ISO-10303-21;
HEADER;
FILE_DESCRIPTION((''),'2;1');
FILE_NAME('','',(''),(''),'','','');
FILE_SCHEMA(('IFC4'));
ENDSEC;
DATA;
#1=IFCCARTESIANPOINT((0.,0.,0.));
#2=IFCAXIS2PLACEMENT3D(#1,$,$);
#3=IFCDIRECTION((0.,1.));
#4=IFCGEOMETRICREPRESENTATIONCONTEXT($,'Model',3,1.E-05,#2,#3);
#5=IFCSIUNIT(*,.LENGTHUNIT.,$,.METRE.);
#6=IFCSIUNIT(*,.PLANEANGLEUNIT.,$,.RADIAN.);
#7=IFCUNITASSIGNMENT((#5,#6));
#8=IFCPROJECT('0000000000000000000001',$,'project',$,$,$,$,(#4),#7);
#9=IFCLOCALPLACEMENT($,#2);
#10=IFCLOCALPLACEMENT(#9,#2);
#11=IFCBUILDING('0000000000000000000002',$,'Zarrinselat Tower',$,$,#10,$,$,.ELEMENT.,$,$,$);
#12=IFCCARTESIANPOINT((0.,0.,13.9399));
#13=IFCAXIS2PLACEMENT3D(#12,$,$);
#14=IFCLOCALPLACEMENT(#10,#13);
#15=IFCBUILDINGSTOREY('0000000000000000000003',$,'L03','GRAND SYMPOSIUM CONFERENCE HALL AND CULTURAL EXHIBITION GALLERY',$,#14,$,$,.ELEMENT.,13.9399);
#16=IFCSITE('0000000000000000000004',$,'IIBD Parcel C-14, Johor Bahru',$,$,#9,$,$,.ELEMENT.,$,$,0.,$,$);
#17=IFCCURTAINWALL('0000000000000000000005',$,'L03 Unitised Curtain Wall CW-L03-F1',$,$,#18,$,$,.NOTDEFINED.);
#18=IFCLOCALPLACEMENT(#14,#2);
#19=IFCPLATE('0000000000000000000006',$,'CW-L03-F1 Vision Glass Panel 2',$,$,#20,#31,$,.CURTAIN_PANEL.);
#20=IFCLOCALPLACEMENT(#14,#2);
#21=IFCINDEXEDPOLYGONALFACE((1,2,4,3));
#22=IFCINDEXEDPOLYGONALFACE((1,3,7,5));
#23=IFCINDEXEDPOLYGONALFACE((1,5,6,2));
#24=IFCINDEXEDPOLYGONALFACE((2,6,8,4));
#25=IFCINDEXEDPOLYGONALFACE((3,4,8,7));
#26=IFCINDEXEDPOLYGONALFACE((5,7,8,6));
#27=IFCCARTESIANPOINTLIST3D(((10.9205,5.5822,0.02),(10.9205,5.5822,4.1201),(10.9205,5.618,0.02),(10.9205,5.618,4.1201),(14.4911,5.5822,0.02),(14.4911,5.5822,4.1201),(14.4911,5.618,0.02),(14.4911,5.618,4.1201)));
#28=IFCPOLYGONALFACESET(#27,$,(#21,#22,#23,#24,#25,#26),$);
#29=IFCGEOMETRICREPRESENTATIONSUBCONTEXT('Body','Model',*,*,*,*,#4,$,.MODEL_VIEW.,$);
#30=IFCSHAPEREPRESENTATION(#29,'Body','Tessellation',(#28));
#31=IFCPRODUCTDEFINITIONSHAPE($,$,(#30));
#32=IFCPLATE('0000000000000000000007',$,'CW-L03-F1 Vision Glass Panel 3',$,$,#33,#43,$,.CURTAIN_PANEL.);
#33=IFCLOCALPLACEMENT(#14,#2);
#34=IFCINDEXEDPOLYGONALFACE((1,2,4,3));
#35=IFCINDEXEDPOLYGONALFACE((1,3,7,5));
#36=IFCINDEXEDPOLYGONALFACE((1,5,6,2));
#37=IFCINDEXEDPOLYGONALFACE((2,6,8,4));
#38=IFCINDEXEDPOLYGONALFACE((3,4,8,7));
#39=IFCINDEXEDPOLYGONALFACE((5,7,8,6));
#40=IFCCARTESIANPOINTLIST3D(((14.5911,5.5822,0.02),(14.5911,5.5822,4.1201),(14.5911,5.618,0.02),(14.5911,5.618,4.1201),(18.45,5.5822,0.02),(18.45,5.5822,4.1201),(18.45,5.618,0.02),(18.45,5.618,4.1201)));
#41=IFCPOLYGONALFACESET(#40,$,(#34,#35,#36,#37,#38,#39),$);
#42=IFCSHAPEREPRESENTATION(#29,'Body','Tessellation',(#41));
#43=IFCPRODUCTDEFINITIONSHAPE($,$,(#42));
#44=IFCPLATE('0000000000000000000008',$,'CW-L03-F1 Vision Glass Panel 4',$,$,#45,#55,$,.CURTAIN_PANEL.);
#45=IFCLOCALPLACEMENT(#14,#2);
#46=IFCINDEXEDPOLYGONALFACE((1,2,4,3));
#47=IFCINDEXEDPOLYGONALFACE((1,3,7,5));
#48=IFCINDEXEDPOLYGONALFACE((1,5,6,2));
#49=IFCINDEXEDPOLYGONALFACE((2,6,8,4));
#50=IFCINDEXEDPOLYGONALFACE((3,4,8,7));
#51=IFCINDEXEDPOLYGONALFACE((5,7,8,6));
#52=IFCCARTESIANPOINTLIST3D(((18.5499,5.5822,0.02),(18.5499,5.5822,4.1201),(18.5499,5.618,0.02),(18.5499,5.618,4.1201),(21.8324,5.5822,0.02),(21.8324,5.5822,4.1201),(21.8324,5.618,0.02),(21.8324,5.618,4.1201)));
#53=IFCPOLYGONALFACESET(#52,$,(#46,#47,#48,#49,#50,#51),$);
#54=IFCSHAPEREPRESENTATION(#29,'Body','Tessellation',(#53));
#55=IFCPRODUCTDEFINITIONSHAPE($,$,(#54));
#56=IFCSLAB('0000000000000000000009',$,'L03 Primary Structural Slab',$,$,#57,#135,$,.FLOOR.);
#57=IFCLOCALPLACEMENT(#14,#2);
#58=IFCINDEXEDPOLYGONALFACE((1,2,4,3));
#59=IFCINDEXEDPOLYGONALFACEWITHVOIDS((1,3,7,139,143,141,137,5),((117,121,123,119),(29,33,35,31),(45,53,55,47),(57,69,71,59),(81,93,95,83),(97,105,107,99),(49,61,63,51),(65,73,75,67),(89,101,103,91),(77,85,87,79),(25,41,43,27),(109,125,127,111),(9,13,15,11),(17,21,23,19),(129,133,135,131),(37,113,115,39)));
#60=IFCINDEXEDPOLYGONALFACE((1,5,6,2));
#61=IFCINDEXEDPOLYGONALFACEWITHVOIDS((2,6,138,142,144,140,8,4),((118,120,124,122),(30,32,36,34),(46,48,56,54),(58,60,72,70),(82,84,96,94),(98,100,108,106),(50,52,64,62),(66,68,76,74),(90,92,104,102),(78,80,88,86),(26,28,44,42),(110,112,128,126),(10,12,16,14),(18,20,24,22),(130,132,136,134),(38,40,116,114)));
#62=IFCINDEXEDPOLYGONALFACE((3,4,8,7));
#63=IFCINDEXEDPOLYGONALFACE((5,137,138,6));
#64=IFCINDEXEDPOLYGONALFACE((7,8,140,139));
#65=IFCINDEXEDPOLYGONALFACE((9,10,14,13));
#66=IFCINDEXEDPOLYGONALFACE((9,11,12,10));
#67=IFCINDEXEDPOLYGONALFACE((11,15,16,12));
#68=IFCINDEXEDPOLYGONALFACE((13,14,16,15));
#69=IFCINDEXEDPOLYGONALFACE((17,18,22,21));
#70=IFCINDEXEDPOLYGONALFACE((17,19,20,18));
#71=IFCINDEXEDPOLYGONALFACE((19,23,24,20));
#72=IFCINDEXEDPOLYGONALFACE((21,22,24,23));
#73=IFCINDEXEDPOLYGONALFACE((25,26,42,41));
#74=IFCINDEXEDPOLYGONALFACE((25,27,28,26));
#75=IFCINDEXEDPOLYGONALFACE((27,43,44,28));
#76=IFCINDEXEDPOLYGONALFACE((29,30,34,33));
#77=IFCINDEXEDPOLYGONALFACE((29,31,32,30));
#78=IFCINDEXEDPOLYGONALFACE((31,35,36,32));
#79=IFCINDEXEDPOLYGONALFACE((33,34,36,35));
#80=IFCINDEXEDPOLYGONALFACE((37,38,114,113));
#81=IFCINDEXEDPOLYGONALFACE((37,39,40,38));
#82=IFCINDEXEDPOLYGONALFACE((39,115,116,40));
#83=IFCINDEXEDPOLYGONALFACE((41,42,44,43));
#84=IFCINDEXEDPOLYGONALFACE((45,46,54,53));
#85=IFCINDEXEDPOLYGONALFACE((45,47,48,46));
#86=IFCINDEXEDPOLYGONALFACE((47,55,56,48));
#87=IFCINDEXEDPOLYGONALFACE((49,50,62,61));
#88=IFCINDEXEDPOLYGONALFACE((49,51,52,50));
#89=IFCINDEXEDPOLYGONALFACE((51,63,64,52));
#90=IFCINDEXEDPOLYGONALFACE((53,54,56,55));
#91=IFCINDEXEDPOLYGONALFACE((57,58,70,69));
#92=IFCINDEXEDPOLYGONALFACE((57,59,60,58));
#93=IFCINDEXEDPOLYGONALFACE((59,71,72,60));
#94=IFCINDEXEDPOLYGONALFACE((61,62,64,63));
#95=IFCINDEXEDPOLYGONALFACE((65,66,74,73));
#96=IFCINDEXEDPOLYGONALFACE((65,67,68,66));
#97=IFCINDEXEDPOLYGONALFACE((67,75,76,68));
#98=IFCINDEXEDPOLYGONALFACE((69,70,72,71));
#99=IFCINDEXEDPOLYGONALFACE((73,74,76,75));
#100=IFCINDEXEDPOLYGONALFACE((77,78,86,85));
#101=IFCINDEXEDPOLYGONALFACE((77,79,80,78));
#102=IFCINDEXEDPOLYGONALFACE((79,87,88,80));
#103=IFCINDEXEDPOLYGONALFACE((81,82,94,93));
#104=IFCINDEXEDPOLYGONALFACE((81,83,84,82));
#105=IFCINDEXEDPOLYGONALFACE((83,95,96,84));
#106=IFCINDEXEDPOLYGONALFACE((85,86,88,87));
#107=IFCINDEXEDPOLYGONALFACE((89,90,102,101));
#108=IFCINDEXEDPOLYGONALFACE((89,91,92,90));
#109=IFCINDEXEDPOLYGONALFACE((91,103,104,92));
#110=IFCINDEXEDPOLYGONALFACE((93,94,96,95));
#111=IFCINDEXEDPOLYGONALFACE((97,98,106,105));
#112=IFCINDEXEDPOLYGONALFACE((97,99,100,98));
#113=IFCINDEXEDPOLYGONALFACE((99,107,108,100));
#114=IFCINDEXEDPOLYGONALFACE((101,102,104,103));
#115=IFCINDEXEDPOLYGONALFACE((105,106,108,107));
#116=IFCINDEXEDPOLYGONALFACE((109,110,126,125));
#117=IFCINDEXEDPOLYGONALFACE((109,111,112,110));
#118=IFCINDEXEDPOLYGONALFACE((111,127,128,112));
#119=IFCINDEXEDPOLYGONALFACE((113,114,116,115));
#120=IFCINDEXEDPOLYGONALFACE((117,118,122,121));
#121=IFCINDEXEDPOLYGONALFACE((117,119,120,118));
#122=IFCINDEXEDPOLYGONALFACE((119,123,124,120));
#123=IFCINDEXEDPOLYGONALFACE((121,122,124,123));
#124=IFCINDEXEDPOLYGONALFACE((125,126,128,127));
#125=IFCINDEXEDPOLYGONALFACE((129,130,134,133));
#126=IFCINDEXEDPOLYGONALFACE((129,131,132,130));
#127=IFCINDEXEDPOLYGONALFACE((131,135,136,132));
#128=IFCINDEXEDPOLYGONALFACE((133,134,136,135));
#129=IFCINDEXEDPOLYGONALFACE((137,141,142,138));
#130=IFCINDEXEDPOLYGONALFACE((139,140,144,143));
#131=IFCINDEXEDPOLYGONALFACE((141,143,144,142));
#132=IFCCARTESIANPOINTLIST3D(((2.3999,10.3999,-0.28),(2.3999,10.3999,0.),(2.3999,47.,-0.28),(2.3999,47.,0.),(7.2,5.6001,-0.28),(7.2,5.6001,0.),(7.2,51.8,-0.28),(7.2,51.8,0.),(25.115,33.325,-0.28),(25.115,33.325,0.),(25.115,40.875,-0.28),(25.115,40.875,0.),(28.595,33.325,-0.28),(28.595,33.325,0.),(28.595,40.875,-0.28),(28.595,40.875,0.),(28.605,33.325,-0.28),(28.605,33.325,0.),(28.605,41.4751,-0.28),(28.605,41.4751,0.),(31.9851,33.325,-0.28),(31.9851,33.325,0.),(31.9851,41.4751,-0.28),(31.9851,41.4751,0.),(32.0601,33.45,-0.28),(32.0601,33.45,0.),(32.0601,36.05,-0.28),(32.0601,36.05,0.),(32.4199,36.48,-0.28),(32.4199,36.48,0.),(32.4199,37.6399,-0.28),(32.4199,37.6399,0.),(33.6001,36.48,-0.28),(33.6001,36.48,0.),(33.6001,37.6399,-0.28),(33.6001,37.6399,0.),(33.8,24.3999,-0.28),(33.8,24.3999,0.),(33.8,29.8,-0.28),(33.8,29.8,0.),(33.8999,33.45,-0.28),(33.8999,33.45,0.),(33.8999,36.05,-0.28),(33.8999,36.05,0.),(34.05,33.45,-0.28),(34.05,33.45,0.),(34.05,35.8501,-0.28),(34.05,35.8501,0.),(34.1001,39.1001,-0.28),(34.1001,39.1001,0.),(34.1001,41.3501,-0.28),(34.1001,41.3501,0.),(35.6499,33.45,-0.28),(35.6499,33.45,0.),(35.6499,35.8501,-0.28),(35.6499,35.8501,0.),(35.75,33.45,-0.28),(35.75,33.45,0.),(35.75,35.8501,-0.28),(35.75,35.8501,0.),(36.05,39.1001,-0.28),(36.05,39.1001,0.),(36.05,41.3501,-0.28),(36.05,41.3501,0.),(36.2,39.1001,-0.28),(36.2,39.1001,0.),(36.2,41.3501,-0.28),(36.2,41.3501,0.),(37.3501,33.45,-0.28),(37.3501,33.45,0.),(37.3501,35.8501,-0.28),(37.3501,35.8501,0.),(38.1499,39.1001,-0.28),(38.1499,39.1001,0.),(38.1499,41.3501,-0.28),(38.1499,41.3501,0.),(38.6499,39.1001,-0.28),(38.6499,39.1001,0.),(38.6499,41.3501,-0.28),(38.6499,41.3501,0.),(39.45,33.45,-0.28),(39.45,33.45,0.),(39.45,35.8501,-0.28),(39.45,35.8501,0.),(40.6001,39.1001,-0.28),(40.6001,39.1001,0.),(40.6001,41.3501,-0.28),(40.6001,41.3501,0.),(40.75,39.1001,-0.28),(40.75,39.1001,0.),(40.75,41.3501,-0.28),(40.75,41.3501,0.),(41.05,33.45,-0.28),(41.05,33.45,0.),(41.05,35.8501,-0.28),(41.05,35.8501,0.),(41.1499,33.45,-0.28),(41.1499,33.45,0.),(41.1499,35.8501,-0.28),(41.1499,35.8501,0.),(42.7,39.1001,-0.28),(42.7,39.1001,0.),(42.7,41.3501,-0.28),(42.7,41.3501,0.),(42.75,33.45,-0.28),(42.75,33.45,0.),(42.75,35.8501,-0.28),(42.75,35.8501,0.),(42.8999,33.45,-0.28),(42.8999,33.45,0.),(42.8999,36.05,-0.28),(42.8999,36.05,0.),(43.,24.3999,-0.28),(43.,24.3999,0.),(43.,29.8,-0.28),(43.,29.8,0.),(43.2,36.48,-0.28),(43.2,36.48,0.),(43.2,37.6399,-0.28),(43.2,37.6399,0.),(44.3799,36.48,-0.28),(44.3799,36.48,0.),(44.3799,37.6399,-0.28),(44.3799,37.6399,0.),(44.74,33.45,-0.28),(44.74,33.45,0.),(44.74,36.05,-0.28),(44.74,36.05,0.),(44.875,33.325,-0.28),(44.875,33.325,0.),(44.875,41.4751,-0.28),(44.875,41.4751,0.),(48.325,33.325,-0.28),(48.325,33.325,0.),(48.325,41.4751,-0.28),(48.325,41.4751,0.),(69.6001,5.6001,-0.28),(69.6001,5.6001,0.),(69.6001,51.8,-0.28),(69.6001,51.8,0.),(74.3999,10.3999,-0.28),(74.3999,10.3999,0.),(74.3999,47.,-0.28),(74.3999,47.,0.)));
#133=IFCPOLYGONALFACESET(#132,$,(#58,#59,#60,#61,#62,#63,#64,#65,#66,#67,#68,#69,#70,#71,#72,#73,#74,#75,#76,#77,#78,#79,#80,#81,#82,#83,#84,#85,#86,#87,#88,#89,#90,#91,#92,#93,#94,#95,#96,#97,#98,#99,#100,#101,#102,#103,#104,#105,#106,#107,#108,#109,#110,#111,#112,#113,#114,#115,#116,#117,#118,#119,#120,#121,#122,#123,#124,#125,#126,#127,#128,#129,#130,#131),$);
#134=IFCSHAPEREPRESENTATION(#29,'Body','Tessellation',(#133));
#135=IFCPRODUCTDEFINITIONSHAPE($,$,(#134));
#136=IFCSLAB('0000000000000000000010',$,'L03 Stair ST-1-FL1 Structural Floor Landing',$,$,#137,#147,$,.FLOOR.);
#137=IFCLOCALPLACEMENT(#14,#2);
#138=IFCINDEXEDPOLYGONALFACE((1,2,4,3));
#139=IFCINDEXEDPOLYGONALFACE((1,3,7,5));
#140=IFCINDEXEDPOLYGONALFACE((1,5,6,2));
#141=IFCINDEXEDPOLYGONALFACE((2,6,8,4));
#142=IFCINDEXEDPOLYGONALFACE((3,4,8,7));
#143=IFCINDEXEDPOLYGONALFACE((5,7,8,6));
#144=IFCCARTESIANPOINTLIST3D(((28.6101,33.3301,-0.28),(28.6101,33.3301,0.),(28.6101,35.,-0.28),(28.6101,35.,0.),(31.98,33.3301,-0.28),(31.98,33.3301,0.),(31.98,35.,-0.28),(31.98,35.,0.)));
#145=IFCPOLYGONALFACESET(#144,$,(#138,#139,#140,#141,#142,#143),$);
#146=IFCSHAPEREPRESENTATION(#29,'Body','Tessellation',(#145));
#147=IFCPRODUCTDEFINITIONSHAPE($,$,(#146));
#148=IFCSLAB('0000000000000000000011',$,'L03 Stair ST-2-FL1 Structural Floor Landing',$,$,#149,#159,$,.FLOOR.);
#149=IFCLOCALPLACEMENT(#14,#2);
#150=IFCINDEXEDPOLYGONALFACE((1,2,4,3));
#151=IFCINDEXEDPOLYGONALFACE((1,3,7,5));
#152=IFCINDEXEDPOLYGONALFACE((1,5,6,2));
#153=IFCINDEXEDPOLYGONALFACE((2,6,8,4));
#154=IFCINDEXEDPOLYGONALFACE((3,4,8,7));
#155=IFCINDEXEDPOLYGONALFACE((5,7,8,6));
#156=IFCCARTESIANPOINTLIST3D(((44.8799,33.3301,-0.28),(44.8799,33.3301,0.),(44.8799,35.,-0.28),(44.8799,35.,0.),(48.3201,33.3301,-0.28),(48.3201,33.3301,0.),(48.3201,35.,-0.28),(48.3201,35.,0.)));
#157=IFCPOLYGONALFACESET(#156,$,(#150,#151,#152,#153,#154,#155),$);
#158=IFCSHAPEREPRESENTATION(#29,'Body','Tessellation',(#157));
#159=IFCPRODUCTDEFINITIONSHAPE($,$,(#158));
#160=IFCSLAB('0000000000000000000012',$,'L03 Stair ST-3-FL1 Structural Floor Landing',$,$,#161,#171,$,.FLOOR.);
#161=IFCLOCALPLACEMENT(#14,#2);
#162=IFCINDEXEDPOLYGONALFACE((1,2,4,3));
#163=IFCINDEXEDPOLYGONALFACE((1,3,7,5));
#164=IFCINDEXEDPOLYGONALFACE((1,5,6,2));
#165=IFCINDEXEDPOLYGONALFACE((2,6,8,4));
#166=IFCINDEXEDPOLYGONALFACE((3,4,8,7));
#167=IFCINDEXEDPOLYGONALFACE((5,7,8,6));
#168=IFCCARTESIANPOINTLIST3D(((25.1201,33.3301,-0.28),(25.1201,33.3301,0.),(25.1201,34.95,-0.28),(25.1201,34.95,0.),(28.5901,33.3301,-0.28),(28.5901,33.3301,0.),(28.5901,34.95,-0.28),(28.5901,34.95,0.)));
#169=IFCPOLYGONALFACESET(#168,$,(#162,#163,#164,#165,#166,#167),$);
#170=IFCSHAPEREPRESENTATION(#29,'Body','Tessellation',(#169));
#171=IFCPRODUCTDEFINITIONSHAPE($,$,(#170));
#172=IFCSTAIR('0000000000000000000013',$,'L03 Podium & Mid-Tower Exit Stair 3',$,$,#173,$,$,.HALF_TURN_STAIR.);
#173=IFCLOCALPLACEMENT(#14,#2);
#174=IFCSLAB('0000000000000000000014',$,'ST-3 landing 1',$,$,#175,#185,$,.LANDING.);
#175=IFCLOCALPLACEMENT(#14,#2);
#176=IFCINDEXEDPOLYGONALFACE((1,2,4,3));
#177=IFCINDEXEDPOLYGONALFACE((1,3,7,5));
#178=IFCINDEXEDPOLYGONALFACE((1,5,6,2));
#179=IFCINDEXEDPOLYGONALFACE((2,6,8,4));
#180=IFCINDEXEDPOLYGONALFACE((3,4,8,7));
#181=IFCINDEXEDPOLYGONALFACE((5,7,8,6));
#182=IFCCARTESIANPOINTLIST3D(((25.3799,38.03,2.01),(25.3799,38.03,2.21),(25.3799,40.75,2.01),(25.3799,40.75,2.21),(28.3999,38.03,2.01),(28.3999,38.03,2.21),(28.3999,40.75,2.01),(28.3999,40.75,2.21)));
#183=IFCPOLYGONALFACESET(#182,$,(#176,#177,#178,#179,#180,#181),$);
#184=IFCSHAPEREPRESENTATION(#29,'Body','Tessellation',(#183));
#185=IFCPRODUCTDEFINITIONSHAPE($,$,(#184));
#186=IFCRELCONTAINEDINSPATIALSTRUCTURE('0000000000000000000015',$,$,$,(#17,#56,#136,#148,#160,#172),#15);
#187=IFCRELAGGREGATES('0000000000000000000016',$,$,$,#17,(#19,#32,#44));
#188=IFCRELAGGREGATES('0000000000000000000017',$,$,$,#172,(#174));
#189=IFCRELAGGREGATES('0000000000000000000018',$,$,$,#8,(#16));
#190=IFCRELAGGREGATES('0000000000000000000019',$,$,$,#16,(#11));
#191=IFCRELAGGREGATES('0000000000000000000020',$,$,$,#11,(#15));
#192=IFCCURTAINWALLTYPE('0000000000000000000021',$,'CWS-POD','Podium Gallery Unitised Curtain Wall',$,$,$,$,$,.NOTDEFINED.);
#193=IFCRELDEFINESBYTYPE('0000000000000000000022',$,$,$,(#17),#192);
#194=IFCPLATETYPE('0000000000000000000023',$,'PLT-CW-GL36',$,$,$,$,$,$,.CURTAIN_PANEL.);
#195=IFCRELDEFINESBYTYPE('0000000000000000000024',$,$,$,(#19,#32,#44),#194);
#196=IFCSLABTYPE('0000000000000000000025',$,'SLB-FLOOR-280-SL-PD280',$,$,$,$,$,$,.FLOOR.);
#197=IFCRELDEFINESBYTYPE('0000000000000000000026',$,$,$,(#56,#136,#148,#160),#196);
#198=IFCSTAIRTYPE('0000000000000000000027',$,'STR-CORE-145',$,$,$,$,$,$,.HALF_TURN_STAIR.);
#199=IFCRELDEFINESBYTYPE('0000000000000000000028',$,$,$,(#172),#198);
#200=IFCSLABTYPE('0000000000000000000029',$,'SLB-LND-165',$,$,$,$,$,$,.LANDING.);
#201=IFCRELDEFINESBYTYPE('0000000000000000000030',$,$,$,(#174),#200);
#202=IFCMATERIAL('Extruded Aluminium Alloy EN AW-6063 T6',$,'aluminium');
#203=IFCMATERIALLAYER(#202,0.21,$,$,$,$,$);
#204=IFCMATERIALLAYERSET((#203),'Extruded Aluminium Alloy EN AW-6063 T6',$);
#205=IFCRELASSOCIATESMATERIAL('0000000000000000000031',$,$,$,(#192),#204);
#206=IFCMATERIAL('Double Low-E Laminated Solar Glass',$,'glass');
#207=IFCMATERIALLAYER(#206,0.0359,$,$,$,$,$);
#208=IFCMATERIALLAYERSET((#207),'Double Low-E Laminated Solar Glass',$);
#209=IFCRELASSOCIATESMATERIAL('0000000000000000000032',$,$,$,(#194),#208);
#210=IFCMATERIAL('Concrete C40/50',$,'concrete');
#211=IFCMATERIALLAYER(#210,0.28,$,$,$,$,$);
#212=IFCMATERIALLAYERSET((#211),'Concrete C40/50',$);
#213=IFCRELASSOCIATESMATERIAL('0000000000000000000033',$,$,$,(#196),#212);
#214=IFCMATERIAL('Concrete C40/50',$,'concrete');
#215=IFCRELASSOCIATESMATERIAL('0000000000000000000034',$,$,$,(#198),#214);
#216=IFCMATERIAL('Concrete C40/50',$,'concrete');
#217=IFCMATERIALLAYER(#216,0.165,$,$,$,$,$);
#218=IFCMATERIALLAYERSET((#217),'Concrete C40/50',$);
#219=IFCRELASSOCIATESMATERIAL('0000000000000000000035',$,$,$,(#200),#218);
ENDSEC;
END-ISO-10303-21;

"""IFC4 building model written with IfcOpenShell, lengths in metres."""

from ifc_helpers import new_model, si_unit, direction, frame, origin, origin_2d, place, context, subcontext, project, spatial, polyline, rectangle, outline, extrude, material, layer, layer_set, type_object, element, aggregate, save


model = new_model("IFC4")

# Units and contexts
model_context = context("Model", 3, precision=1e-05, world=origin(), true_north=direction((0.0, 1.0)))
body_context = subcontext(model_context, "Body", "Model", "MODEL_VIEW")
ifc_project = project(units=[si_unit("LENGTHUNIT", "METRE"), si_unit("PLANEANGLEUNIT", "RADIAN")], contexts=[model_context])

# Site, building, storey
site_placement = place(None, origin())
site = spatial("IfcSite", under=ifc_project, at=site_placement, Name="IIBD Parcel C-14, Johor Bahru", CompositionType="ELEMENT", RefElevation=0.0)
building_placement = place(site_placement, origin())
building = spatial("IfcBuilding", under=site, at=building_placement, Name="Zarrinselat Tower", CompositionType="ELEMENT")
storey_placement = place(building_placement, frame((0.0, 0.0, 13.9399)))
storey = spatial("IfcBuildingStorey", under=building, at=storey_placement, Name="L03", Description="GRAND SYMPOSIUM CONFERENCE HALL AND CULTURAL EXHIBITION GALLERY", CompositionType="ELEMENT", Elevation=13.9399)

# Curtain wall
ifc_material_1 = material(Name="Extruded Aluminium Alloy EN AW-6063 T6", Category="aluminium")
ifc_layer_1 = layer(ifc_material_1, 0.21)
ifc_layer_set_1 = layer_set([ifc_layer_1], Name="Extruded Aluminium Alloy EN AW-6063 T6")
curtain_wall_type = type_object("IfcCurtainWallType", Name="CWS-POD", Description="Podium Gallery Unitised Curtain Wall", PredefinedType="NOTDEFINED", material=ifc_layer_set_1)
curtain_wall_1_placement = place(storey_placement, origin())
curtain_wall_1 = element("IfcCurtainWall", 1, at=curtain_wall_1_placement, inside=storey, type_object=curtain_wall_type, Name="L03 Unitised Curtain Wall CW-L03-F1", PredefinedType="NOTDEFINED")

# Plates
ifc_material_2 = material(Name="Double Low-E Laminated Solar Glass", Category="glass")
ifc_layer_2 = layer(ifc_material_2, 0.0359)
ifc_layer_set_2 = layer_set([ifc_layer_2], Name="Double Low-E Laminated Solar Glass")
plate_type = type_object("IfcPlateType", Name="PLT-CW-GL36", PredefinedType="CURTAIN_PANEL", material=ifc_layer_set_2)
plate_1_placement = place(storey_placement, frame((12.7058, 5.6001, 0.02), z_axis=(0.0, 0.0, 1.0), x_axis=(1.0, 0.0, 0.0)))
plate_1 = element("IfcPlate", 2, at=plate_1_placement, type_object=plate_type, Name="CW-L03-F1 Vision Glass Panel 2", PredefinedType="CURTAIN_PANEL", context=body_context, shape_type="SweptSolid", body=[
    extrude(rectangle(XDim=3.5706, YDim=0.0359, at=origin_2d()), origin(), (0.0, 0.0, 1.0), 4.1001),
])
plate_2_placement = place(storey_placement, frame((16.5205, 5.6001, 0.02), z_axis=(0.0, 0.0, 1.0), x_axis=(1.0, 0.0, 0.0)))
plate_2 = element("IfcPlate", 3, at=plate_2_placement, type_object=plate_type, Name="CW-L03-F1 Vision Glass Panel 3", PredefinedType="CURTAIN_PANEL", context=body_context, shape_type="SweptSolid", body=[
    extrude(rectangle(XDim=3.8589, YDim=0.0359, at=origin_2d()), origin(), (0.0, 0.0, 1.0), 4.1001),
])
plate_3_placement = place(storey_placement, frame((20.1912, 5.6001, 0.02), z_axis=(0.0, 0.0, 1.0), x_axis=(1.0, 0.0, 0.0)))
plate_3 = element("IfcPlate", 4, at=plate_3_placement, type_object=plate_type, Name="CW-L03-F1 Vision Glass Panel 4", PredefinedType="CURTAIN_PANEL", context=body_context, shape_type="SweptSolid", body=[
    extrude(rectangle(XDim=3.2825, YDim=0.0359, at=origin_2d()), origin(), (0.0, 0.0, 1.0), 4.1001),
])
aggregate(curtain_wall_1, [plate_1, plate_2, plate_3])

# Slabs
ifc_material_3 = material(Name="Concrete C40/50", Category="concrete")
ifc_layer_3 = layer(ifc_material_3, 0.28)
ifc_layer_set_3 = layer_set([ifc_layer_3], Name="Concrete C40/50")
slab_type_1 = type_object("IfcSlabType", Name="SLB-FLOOR-280-SL-PD280", PredefinedType="FLOOR", material=ifc_layer_set_3)
slab_1_placement = place(storey_placement, frame((0.0, 0.0, -0.28)))
element("IfcSlab", 5, at=slab_1_placement, inside=storey, type_object=slab_type_1, Name="L03 Primary Structural Slab", PredefinedType="FLOOR", context=body_context, shape_type="SweptSolid", body=[
    extrude(outline(polyline([(7.2, 5.6001), (69.6001, 5.6001), (74.3999, 10.3999), (74.3999, 47.0), (69.6001, 51.8), (7.2, 51.8), (2.3999, 47.0), (2.3999, 10.3999), (7.2, 5.6001)]), holes=[polyline([(34.05, 33.45), (34.05, 35.8501), (35.6499, 35.8501), (35.6499, 33.45), (34.05, 33.45)]), polyline([(35.75, 33.45), (35.75, 35.8501), (37.3501, 35.8501), (37.3501, 33.45), (35.75, 33.45)]), polyline([(32.0601, 33.45), (32.0601, 36.05), (33.8999, 36.05), (33.8999, 33.45), (32.0601, 33.45)]), polyline([(32.4199, 36.48), (32.4199, 37.6399), (33.6001, 37.6399), (33.6001, 36.48), (32.4199, 36.48)]), polyline([(28.595, 33.325), (25.115, 33.325), (25.115, 40.875), (28.595, 40.875), (28.595, 33.325)]), polyline([(31.9851, 33.325), (28.605, 33.325), (28.605, 41.4751), (31.9851, 41.4751), (31.9851, 33.325)]), polyline([(34.1001, 39.1001), (34.1001, 41.3501), (36.05, 41.3501), (36.05, 39.1001), (34.1001, 39.1001)]), polyline([(36.2, 39.1001), (36.2, 41.3501), (38.1499, 41.3501), (38.1499, 39.1001), (36.2, 39.1001)]), polyline([(33.8, 24.3999), (33.8, 29.8), (43.0, 29.8), (43.0, 24.3999), (33.8, 24.3999)]), polyline([(39.45, 33.45), (39.45, 35.8501), (41.05, 35.8501), (41.05, 33.45), (39.45, 33.45)]), polyline([(41.1499, 33.45), (41.1499, 35.8501), (42.75, 35.8501), (42.75, 33.45), (41.1499, 33.45)]), polyline([(42.8999, 33.45), (42.8999, 36.05), (44.74, 36.05), (44.74, 33.45), (42.8999, 33.45)]), polyline([(43.2, 36.48), (43.2, 37.6399), (44.3799, 37.6399), (44.3799, 36.48), (43.2, 36.48)]), polyline([(48.325, 33.325), (44.875, 33.325), (44.875, 41.4751), (48.325, 41.4751), (48.325, 33.325)]), polyline([(38.6499, 39.1001), (38.6499, 41.3501), (40.6001, 41.3501), (40.6001, 39.1001), (38.6499, 39.1001)]), polyline([(40.75, 39.1001), (40.75, 41.3501), (42.7, 41.3501), (42.7, 39.1001), (40.75, 39.1001)])]), origin(), (0.0, 0.0, 1.0), 0.28),
])
slab_2_placement = place(storey_placement, frame((0.0, 0.0, -0.28)))
element("IfcSlab", 6, at=slab_2_placement, inside=storey, type_object=slab_type_1, Name="L03 Stair ST-1-FL1 Structural Floor Landing", PredefinedType="FLOOR", context=body_context, shape_type="SweptSolid", body=[
    extrude(outline(polyline([(31.98, 33.3301), (31.98, 35.0), (28.6101, 35.0), (28.6101, 33.3301), (31.98, 33.3301)])), origin(), (0.0, 0.0, 1.0), 0.28),
])
slab_3_placement = place(storey_placement, frame((0.0, 0.0, -0.28)))
element("IfcSlab", 7, at=slab_3_placement, inside=storey, type_object=slab_type_1, Name="L03 Stair ST-2-FL1 Structural Floor Landing", PredefinedType="FLOOR", context=body_context, shape_type="SweptSolid", body=[
    extrude(outline(polyline([(48.3201, 33.3301), (48.3201, 35.0), (44.8799, 35.0), (44.8799, 33.3301), (48.3201, 33.3301)])), origin(), (0.0, 0.0, 1.0), 0.28),
])
slab_4_placement = place(storey_placement, frame((0.0, 0.0, -0.28)))
element("IfcSlab", 8, at=slab_4_placement, inside=storey, type_object=slab_type_1, Name="L03 Stair ST-3-FL1 Structural Floor Landing", PredefinedType="FLOOR", context=body_context, shape_type="SweptSolid", body=[
    extrude(outline(polyline([(28.5901, 33.3301), (28.5901, 34.95), (25.1201, 34.95), (25.1201, 33.3301), (28.5901, 33.3301)])), origin(), (0.0, 0.0, 1.0), 0.28),
])

# Stair, slab
ifc_material_4 = material(Name="Concrete C40/50", Category="concrete")
stair_type_1 = type_object("IfcStairType", Name="STR-CORE-145", PredefinedType="HALF_TURN_STAIR", material=ifc_material_4)
stair_1_placement = place(storey_placement, origin())
stair_1 = element("IfcStair", 9, at=stair_1_placement, inside=storey, type_object=stair_type_1, Name="L03 Podium & Mid-Tower Exit Stair 3", PredefinedType="HALF_TURN_STAIR")
ifc_material_5 = material(Name="Concrete C40/50", Category="concrete")
ifc_layer_4 = layer(ifc_material_5, 0.165)
ifc_layer_set_4 = layer_set([ifc_layer_4], Name="Concrete C40/50")
slab_type_2 = type_object("IfcSlabType", Name="SLB-LND-165", PredefinedType="LANDING", material=ifc_layer_set_4)
slab_5_placement = place(storey_placement, frame((0.0, 0.0, 2.01)))
slab_5 = element("IfcSlab", 10, at=slab_5_placement, type_object=slab_type_2, Name="ST-3 landing 1", PredefinedType="LANDING", context=body_context, shape_type="SweptSolid", body=[
    extrude(outline(polyline([(28.3999, 38.03), (28.3999, 40.75), (25.3799, 40.75), (25.3799, 38.03), (28.3999, 38.03)])), origin(), (0.0, 0.0, 1.0), 0.2),
])
aggregate(stair_1, [slab_5])

save(model, "model.ifc")
